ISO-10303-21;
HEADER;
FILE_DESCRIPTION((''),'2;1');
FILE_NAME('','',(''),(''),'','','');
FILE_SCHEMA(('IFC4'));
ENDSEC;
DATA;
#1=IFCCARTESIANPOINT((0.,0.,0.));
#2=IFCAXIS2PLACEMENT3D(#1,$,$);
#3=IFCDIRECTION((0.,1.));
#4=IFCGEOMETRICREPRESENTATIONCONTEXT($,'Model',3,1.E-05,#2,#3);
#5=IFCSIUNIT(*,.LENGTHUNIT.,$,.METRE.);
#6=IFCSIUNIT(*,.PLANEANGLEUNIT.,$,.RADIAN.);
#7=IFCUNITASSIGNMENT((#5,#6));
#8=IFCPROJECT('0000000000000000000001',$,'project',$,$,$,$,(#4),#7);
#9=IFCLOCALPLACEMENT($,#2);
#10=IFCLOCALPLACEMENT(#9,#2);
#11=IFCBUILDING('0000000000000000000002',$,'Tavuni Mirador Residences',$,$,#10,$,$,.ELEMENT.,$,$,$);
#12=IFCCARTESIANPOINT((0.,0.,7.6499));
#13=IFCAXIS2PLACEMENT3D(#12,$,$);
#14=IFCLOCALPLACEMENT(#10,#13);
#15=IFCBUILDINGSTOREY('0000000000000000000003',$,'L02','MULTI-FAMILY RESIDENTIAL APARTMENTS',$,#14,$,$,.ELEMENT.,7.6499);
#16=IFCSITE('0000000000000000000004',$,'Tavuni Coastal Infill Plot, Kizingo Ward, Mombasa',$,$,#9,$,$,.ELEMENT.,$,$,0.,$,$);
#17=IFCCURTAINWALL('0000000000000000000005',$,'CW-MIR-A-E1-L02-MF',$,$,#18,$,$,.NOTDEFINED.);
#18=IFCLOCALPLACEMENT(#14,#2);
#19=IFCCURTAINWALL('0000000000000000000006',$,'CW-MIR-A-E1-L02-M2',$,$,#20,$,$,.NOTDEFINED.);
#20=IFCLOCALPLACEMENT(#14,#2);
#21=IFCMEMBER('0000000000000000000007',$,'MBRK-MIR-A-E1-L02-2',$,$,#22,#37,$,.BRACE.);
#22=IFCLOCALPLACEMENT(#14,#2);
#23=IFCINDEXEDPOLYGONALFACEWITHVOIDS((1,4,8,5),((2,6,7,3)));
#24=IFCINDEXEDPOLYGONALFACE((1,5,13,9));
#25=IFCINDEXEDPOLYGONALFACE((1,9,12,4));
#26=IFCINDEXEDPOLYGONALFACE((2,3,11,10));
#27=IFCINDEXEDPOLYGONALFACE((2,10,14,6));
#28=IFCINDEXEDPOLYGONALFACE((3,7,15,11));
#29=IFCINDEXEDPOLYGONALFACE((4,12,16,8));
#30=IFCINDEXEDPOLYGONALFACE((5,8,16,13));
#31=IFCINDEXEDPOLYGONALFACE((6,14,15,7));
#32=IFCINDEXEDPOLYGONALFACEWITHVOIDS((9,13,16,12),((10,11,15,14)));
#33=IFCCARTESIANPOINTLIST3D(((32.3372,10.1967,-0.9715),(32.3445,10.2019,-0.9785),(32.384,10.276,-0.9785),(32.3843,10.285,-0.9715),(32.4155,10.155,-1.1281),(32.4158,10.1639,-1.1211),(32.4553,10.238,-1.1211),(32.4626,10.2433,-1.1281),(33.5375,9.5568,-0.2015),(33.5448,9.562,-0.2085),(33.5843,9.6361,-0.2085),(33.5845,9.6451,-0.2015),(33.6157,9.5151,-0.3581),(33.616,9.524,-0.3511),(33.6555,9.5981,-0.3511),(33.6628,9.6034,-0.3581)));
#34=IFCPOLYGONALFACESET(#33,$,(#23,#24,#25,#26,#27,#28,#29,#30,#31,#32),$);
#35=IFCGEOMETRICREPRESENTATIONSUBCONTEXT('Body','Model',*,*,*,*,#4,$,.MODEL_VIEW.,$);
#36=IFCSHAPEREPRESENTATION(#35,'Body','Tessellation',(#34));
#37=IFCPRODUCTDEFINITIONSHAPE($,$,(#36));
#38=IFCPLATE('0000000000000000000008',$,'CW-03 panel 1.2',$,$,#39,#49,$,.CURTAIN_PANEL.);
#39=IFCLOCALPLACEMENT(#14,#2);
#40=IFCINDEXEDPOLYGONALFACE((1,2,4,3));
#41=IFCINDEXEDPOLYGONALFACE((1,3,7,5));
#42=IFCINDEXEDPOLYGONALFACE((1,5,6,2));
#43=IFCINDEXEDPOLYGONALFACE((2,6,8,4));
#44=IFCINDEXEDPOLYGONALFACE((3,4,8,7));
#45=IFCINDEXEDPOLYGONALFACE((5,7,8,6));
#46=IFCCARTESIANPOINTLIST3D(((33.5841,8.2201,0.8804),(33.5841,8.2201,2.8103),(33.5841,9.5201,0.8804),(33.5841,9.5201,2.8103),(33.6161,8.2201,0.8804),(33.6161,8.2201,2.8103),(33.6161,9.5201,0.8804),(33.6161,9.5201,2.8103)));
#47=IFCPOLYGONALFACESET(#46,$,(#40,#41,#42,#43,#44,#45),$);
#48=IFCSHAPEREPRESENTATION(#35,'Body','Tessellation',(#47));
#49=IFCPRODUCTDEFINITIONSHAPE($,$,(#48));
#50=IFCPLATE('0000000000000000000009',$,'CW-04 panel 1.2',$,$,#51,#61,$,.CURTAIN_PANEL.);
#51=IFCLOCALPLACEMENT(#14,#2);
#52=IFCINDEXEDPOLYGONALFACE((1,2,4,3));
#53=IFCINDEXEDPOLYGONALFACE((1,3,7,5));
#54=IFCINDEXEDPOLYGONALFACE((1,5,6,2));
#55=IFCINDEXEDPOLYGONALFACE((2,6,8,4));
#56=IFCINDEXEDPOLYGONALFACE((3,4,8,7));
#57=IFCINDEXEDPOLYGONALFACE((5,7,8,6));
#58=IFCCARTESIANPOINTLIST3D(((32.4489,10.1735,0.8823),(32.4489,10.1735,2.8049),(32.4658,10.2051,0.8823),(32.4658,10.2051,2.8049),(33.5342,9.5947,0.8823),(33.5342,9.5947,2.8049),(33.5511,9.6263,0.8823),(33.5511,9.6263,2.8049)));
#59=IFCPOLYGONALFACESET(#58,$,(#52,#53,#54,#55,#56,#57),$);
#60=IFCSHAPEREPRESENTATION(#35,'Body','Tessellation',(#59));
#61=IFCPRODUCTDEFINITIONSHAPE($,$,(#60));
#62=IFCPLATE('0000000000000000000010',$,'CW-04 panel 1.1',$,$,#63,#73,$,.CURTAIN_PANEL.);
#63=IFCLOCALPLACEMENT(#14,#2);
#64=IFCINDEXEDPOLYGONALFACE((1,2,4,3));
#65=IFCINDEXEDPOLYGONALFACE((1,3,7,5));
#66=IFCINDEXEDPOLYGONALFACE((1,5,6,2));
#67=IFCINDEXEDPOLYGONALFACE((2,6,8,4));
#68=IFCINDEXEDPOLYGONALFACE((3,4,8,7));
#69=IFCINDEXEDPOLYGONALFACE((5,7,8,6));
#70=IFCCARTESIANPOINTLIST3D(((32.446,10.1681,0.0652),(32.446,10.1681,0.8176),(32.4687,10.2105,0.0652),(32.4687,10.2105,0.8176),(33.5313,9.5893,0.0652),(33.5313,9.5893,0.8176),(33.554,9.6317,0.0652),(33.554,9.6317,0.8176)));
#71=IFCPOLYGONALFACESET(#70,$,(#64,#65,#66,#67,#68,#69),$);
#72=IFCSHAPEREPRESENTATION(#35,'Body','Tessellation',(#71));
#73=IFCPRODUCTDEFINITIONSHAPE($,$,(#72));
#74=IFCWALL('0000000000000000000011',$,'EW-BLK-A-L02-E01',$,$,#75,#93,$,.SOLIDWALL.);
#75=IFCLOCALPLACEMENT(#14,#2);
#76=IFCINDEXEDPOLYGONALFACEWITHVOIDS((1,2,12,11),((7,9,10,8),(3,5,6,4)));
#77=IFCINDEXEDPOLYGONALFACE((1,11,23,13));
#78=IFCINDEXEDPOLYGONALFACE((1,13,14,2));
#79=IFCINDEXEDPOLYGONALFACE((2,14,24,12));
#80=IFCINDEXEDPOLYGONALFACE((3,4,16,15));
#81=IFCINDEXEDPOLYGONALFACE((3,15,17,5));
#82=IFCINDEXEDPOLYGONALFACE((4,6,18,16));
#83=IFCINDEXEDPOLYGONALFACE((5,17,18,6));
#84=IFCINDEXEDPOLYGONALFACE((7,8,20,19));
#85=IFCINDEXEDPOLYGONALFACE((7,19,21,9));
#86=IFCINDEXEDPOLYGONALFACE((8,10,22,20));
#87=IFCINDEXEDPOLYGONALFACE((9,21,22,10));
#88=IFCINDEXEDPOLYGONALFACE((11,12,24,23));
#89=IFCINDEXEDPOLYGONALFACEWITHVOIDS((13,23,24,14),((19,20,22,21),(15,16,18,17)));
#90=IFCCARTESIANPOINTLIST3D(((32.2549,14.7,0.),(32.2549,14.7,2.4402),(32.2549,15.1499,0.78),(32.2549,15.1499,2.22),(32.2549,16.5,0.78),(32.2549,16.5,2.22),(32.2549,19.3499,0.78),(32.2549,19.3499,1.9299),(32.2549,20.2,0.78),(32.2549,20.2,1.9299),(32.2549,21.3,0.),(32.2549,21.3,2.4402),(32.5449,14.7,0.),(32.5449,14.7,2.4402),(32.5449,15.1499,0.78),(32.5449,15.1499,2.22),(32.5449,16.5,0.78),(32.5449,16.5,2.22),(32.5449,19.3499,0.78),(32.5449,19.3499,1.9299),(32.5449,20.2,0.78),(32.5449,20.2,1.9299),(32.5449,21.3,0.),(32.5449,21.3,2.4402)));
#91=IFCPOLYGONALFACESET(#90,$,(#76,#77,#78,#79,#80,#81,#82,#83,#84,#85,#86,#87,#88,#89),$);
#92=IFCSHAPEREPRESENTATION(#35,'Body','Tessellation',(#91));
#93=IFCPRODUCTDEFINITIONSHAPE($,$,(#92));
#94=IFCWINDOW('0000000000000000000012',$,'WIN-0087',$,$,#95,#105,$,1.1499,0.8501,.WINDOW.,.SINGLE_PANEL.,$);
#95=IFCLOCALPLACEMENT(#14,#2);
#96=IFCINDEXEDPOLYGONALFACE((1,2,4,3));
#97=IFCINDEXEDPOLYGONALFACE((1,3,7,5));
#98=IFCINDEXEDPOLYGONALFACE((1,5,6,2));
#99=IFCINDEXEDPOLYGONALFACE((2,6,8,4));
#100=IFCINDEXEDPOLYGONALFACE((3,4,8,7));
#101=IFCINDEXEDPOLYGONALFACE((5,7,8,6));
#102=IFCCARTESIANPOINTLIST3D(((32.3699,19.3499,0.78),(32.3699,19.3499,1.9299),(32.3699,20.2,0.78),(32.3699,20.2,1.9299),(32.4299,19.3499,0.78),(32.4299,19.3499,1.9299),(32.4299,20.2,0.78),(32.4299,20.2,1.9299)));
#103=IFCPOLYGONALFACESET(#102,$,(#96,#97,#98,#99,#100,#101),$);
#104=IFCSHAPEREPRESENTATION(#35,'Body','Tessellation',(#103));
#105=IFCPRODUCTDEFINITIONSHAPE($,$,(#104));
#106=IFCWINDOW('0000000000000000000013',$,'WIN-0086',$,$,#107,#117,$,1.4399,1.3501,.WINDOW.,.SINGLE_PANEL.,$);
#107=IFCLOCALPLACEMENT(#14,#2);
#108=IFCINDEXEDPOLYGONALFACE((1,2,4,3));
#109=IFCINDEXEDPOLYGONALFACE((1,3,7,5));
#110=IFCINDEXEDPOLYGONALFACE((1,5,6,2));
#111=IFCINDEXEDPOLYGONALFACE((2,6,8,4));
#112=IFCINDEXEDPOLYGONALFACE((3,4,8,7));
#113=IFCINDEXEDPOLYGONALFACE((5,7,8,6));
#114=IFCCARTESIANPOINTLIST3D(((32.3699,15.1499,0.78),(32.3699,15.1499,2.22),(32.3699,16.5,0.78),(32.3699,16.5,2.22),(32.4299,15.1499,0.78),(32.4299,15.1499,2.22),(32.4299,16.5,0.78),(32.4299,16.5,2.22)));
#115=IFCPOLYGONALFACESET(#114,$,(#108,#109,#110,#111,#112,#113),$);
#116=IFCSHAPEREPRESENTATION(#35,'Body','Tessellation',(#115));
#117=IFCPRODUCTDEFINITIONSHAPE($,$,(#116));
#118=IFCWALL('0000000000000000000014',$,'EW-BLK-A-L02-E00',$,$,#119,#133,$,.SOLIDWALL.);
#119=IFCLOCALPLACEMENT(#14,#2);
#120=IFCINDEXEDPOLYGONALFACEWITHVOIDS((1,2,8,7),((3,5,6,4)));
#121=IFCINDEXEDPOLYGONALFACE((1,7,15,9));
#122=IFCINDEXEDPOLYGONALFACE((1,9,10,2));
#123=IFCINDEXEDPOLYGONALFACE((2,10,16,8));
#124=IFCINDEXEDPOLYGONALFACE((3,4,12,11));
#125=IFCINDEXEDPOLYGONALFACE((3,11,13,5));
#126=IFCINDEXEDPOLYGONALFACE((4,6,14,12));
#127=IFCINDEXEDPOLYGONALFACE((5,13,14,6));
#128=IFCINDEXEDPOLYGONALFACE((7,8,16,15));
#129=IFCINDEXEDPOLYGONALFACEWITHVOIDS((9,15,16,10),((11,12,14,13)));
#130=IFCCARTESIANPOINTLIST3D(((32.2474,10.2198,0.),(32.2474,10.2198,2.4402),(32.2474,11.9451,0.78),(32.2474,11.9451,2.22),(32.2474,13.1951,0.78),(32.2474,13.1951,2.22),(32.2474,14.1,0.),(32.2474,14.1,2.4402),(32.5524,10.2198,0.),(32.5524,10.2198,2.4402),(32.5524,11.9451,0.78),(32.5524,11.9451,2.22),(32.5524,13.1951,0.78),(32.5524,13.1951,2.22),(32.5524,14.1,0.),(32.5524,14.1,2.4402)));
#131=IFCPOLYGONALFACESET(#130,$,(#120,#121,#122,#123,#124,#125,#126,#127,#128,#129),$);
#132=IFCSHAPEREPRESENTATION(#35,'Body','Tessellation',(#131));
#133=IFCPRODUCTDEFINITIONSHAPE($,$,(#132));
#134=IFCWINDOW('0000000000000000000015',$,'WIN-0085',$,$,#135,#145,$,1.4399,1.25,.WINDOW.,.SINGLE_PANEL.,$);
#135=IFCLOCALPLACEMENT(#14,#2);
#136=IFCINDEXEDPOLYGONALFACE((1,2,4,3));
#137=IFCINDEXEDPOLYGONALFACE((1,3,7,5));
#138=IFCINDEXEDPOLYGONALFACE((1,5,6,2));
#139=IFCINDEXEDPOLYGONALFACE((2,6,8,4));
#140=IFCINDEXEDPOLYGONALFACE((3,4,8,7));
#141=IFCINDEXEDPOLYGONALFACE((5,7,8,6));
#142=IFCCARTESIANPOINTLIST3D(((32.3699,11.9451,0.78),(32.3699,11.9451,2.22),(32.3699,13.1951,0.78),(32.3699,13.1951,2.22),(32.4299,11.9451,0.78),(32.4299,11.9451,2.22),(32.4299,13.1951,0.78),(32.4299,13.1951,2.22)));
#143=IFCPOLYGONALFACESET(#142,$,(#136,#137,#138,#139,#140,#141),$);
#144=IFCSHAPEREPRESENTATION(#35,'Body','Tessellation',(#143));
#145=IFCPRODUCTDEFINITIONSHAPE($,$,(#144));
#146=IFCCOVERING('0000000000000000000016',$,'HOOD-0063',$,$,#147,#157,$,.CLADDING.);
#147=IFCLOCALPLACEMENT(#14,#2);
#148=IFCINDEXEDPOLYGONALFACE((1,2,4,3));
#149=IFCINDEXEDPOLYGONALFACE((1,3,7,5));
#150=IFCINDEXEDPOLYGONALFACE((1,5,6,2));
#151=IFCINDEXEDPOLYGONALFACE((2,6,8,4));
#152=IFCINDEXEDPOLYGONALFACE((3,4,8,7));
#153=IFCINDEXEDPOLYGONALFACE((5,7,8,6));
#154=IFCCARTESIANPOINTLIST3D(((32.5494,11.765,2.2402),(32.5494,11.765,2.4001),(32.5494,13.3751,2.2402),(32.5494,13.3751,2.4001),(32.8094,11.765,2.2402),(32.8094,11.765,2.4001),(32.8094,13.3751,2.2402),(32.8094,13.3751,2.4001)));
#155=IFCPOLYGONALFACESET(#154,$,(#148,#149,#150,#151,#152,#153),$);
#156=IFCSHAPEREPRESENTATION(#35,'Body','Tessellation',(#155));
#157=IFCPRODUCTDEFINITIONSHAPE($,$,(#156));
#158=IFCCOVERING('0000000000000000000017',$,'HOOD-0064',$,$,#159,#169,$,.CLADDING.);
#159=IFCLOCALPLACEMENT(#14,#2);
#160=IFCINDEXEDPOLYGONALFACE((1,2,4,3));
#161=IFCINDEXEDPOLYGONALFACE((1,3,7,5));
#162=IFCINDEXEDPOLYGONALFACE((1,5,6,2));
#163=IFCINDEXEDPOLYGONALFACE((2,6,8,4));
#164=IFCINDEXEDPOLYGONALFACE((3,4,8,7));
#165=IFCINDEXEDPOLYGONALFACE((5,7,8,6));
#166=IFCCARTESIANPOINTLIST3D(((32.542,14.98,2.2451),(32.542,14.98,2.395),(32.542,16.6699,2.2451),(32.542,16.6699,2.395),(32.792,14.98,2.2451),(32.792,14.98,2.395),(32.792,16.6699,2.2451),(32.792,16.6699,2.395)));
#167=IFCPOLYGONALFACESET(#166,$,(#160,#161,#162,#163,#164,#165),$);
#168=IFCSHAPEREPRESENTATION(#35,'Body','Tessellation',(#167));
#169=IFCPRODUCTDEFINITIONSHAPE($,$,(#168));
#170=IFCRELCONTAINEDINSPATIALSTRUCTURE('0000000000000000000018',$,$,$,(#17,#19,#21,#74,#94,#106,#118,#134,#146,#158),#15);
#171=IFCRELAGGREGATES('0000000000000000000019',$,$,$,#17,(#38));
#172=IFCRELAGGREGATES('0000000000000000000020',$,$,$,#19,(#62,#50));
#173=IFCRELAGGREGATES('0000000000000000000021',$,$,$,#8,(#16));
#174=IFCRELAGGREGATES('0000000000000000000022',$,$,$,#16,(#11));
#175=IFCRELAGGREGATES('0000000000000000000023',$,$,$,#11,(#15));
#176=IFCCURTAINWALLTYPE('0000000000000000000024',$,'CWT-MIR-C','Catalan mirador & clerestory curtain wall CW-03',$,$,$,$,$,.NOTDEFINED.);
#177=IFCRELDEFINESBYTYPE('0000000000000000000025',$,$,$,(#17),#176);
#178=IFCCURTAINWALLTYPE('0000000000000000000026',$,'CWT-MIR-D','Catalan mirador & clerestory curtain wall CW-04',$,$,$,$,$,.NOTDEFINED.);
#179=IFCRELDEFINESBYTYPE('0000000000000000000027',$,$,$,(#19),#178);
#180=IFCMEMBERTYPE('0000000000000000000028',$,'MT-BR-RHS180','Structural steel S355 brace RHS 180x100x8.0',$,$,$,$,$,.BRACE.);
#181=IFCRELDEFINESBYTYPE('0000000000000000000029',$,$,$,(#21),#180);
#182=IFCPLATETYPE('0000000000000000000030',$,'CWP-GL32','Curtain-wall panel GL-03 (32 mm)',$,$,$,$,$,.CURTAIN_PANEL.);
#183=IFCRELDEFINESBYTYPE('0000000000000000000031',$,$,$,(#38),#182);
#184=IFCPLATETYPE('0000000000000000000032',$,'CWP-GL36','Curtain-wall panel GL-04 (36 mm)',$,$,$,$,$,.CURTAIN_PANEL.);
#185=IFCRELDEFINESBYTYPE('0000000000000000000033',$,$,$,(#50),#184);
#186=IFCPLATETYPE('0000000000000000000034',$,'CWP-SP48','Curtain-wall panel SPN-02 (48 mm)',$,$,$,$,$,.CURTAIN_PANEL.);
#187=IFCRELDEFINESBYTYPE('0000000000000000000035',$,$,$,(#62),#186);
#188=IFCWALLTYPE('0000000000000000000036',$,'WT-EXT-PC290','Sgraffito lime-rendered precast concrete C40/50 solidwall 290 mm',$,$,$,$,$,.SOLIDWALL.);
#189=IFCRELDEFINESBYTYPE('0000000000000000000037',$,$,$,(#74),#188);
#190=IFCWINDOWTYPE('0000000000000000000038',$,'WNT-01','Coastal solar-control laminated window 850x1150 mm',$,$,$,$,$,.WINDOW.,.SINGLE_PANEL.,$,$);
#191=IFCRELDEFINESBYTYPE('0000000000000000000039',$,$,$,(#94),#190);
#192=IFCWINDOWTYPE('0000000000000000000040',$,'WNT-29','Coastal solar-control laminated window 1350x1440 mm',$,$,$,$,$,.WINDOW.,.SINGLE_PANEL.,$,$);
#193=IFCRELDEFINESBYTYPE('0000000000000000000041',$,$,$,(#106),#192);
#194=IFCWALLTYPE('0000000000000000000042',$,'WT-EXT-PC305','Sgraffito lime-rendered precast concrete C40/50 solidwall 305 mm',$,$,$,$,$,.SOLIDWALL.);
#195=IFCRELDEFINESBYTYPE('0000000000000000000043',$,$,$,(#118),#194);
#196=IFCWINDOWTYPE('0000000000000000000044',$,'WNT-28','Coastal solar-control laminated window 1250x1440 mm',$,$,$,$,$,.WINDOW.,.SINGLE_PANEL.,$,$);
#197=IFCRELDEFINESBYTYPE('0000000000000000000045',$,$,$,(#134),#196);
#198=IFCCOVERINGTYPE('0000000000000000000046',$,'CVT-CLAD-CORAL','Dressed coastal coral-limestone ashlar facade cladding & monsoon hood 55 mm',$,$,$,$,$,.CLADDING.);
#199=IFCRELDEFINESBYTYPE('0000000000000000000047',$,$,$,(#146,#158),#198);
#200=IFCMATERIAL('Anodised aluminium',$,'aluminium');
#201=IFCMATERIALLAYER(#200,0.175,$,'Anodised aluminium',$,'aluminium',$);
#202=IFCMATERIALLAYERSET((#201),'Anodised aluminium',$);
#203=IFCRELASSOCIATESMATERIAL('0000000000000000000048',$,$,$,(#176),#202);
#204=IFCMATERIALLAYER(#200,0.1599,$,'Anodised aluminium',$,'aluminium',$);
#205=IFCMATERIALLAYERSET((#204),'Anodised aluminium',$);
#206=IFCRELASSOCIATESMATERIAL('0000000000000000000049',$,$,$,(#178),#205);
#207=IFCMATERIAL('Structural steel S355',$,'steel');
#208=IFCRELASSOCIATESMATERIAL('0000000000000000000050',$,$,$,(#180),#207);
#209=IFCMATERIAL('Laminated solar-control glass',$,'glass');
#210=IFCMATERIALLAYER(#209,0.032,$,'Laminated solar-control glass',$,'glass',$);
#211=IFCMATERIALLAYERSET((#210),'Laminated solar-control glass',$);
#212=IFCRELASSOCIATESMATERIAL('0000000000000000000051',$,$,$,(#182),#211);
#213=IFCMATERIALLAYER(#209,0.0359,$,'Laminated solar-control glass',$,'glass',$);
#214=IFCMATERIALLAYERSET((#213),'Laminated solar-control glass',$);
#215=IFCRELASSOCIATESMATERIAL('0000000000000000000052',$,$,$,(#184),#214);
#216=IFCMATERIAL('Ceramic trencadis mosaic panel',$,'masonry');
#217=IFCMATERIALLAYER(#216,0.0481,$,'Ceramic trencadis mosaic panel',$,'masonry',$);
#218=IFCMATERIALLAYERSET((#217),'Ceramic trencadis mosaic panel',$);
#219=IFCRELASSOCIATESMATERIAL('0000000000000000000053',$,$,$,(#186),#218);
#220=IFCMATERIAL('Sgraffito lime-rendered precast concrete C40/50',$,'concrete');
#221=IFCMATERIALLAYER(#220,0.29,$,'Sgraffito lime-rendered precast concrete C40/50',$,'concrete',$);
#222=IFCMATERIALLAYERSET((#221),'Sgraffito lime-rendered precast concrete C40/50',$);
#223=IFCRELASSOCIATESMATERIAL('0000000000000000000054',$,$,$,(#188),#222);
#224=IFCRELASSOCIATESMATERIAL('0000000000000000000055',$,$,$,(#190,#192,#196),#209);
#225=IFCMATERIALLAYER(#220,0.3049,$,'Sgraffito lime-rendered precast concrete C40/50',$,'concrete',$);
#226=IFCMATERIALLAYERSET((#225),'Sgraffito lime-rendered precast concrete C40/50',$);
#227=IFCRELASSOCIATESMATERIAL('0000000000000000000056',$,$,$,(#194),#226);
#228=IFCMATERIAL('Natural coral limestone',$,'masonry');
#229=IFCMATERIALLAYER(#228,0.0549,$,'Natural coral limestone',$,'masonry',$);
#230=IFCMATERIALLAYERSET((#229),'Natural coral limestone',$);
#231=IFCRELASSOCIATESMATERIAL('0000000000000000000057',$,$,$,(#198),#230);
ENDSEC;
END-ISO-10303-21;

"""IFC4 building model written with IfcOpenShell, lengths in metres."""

from ifc_helpers import new_model, si_unit, direction, frame, frame_2d, origin, origin_2d, place, context, subcontext, project, spatial, rectangle, hollow_rectangle, extrude, material, layer, layer_set, material_profile, profile_set, type_object, element, fill, aggregate, save


model = new_model("IFC4")

# Units and contexts
model_context = context("Model", 3, precision=1e-05, world=origin(), true_north=direction((0.0, 1.0)))
body_context = subcontext(model_context, "Body", "Model", "MODEL_VIEW")
ifc_project = project(units=[si_unit("LENGTHUNIT", "METRE"), si_unit("PLANEANGLEUNIT", "RADIAN")], contexts=[model_context])

# Site, building, storey
site_placement = place(None, origin())
site = spatial("IfcSite", under=ifc_project, at=site_placement, Name="Tavuni Coastal Infill Plot, Kizingo Ward, Mombasa", CompositionType="ELEMENT", RefElevation=0.0)
building_placement = place(site_placement, origin())
building = spatial("IfcBuilding", under=site, at=building_placement, Name="Tavuni Mirador Residences", CompositionType="ELEMENT")
storey_placement = place(building_placement, frame((0.0, 0.0, 7.6499)))
storey = spatial("IfcBuildingStorey", under=building, at=storey_placement, Name="L02", Description="MULTI-FAMILY RESIDENTIAL APARTMENTS", CompositionType="ELEMENT", Elevation=7.6499)

# Curtain wall
ifc_material_1 = material(Name="Anodised aluminium", Category="aluminium")
ifc_layer_1 = layer(ifc_material_1, 0.175, Name="Anodised aluminium", Category="aluminium")
ifc_layer_set_1 = layer_set([ifc_layer_1], Name="Anodised aluminium")
curtain_wall_type_1 = type_object("IfcCurtainWallType", Name="CWT-MIR-C", Description="Catalan mirador & clerestory curtain wall CW-03", PredefinedType="NOTDEFINED", material=ifc_layer_set_1)
curtain_wall_1_placement = place(storey_placement, origin())
curtain_wall_1 = element("IfcCurtainWall", 1, at=curtain_wall_1_placement, inside=storey, type_object=curtain_wall_type_1, Name="CW-MIR-A-E1-L02-MF", PredefinedType="NOTDEFINED")

# Curtain wall
ifc_layer_2 = layer(ifc_material_1, 0.1599, Name="Anodised aluminium", Category="aluminium")
ifc_layer_set_2 = layer_set([ifc_layer_2], Name="Anodised aluminium")
curtain_wall_type_2 = type_object("IfcCurtainWallType", Name="CWT-MIR-D", Description="Catalan mirador & clerestory curtain wall CW-04", PredefinedType="NOTDEFINED", material=ifc_layer_set_2)
curtain_wall_2_placement = place(storey_placement, origin())
curtain_wall_2 = element("IfcCurtainWall", 2, at=curtain_wall_2_placement, inside=storey, type_object=curtain_wall_type_2, Name="CW-MIR-A-E1-L02-M2", PredefinedType="NOTDEFINED")

# Member
ifc_material_2 = material(Name="Structural steel S355", Category="steel")
ifc_material_profile_1 = material_profile(ifc_material_2, hollow_rectangle(XDim=0.1001, YDim=0.1799, WallThickness=0.0081, at=origin_2d()), Name="RHS 180x100x8.0", Category="steel")
ifc_profile_set_1 = profile_set([ifc_material_profile_1], Name="Structural steel S355")
member_type_1 = type_object("IfcMemberType", Name="MT-BR-RHS180", Description="Structural steel S355 brace RHS 180x100x8.0", PredefinedType="BRACE", material=ifc_profile_set_1)
member_1_placement = place(storey_placement, frame((32.3999, 10.22, -1.0498), z_axis=(0.767896, -0.409409, 0.492666), x_axis=(0.470467, 0.882418, 0.0)))
element("IfcMember", 3, at=member_1_placement, inside=storey, type_object=member_type_1, Name="MBRK-MIR-A-E1-L02-2", PredefinedType="BRACE", context=body_context, shape_type="SweptSolid", body=[
    extrude(hollow_rectangle(XDim=0.1001, YDim=0.1799, WallThickness=0.0081, at=origin_2d()), origin(), (0.0, 0.0, 1.0), 1.563),
])

# Plates
ifc_material_3 = material(Name="Laminated solar-control glass", Category="glass")
ifc_layer_3 = layer(ifc_material_3, 0.032, Name="Laminated solar-control glass", Category="glass")
ifc_layer_set_3 = layer_set([ifc_layer_3], Name="Laminated solar-control glass")
plate_type_1 = type_object("IfcPlateType", Name="CWP-GL32", Description="Curtain-wall panel GL-03 (32 mm)", PredefinedType="CURTAIN_PANEL", material=ifc_layer_set_3)
plate_1_placement = place(storey_placement, frame((33.6001, 8.8701, 0.8804), z_axis=(0.0, 0.0, 1.0), x_axis=(0.0, 1.0, 0.0)))
plate_1 = element("IfcPlate", 4, at=plate_1_placement, type_object=plate_type_1, Name="CW-03 panel 1.2", PredefinedType="CURTAIN_PANEL", context=body_context, shape_type="SweptSolid", body=[
    extrude(rectangle(XDim=1.3, YDim=0.032, at=origin_2d()), origin(), (0.0, 0.0, 1.0), 1.9299),
])
aggregate(curtain_wall_1, [plate_1])
ifc_layer_4 = layer(ifc_material_3, 0.0359, Name="Laminated solar-control glass", Category="glass")
ifc_layer_set_4 = layer_set([ifc_layer_4], Name="Laminated solar-control glass")
plate_type_2 = type_object("IfcPlateType", Name="CWP-GL36", Description="Curtain-wall panel GL-04 (36 mm)", PredefinedType="CURTAIN_PANEL", material=ifc_layer_set_4)
plate_2_placement = place(storey_placement, frame((33.0, 9.8999, 0.8823), z_axis=(0.0, 0.0, 1.0), x_axis=(-0.882353, 0.470588, 0.0)))
plate_2 = element("IfcPlate", 5, at=plate_2_placement, type_object=plate_type_2, Name="CW-04 panel 1.2", PredefinedType="CURTAIN_PANEL", context=body_context, shape_type="SweptSolid", body=[
    extrude(rectangle(XDim=1.23, YDim=0.0359, at=origin_2d()), origin(), (0.0, 0.0, 1.0), 1.9226),
])
ifc_material_4 = material(Name="Ceramic trencadis mosaic panel", Category="masonry")
ifc_layer_5 = layer(ifc_material_4, 0.0481, Name="Ceramic trencadis mosaic panel", Category="masonry")
ifc_layer_set_5 = layer_set([ifc_layer_5], Name="Ceramic trencadis mosaic panel")
plate_type_3 = type_object("IfcPlateType", Name="CWP-SP48", Description="Curtain-wall panel SPN-02 (48 mm)", PredefinedType="CURTAIN_PANEL", material=ifc_layer_set_5)
plate_3_placement = place(storey_placement, frame((33.0, 9.8999, 0.0652), z_axis=(0.0, 0.0, 1.0), x_axis=(-0.882353, 0.470588, 0.0)))
plate_3 = element("IfcPlate", 6, at=plate_3_placement, type_object=plate_type_3, Name="CW-04 panel 1.1", PredefinedType="CURTAIN_PANEL", context=body_context, shape_type="SweptSolid", body=[
    extrude(rectangle(XDim=1.23, YDim=0.0481, at=origin_2d()), origin(), (0.0, 0.0, 1.0), 0.7524),
])
aggregate(curtain_wall_2, [plate_3, plate_2])

# Wall, openings, windows
ifc_material_5 = material(Name="Sgraffito lime-rendered precast concrete C40/50", Category="concrete")
ifc_layer_6 = layer(ifc_material_5, 0.29, Name="Sgraffito lime-rendered precast concrete C40/50", Category="concrete")
ifc_layer_set_6 = layer_set([ifc_layer_6], Name="Sgraffito lime-rendered precast concrete C40/50")
wall_type_1 = type_object("IfcWallType", Name="WT-EXT-PC290", Description="Sgraffito lime-rendered precast concrete C40/50 solidwall 290 mm", PredefinedType="SOLIDWALL", material=ifc_layer_set_6)
wall_1_placement = place(storey_placement, frame((32.3999, 14.7, 0.0), z_axis=(0.0, 0.0, 1.0), x_axis=(0.0, 1.0, 0.0)))
wall_1 = element("IfcWall", 7, at=wall_1_placement, inside=storey, type_object=wall_type_1, Name="EW-BLK-A-L02-E01", PredefinedType="SOLIDWALL", context=body_context, shape_type="SweptSolid", body=[
    extrude(rectangle(XDim=6.6001, YDim=0.29, at=frame_2d((3.3, 0.0))), origin(), (0.0, 0.0, 1.0), 2.4402),
])
opening_1_placement = place(wall_1_placement, frame((0.45, 0.0, 0.78)))
opening_1 = element("IfcOpeningElement", 8, at=opening_1_placement, cuts=wall_1, PredefinedType="OPENING", context=body_context, shape_type="SweptSolid", body=[
    extrude(rectangle(XDim=1.3501, YDim=1.4399, at=frame_2d((0.675, 0.72))), frame((0.0, 0.155, 0.0), z_axis=(0.0, -1.0, 0.0), x_axis=(1.0, 0.0, 0.0)), (0.0, 0.0, 1.0), 0.3101),
])
opening_2_placement = place(wall_1_placement, frame((4.6499, 0.0, 0.78)))
opening_2 = element("IfcOpeningElement", 9, at=opening_2_placement, cuts=wall_1, PredefinedType="OPENING", context=body_context, shape_type="SweptSolid", body=[
    extrude(rectangle(XDim=0.8501, YDim=1.1499, at=frame_2d((0.425, 0.575))), frame((0.0, 0.155, 0.0), z_axis=(0.0, -1.0, 0.0), x_axis=(1.0, 0.0, 0.0)), (0.0, 0.0, 1.0), 0.3101),
])
window_type_1 = type_object("IfcWindowType", Name="WNT-01", Description="Coastal solar-control laminated window 850x1150 mm", PartitioningType="SINGLE_PANEL", PredefinedType="WINDOW", material=ifc_material_3)
window_1_placement = place(opening_2_placement, origin())
window_1 = element("IfcWindow", 10, at=window_1_placement, inside=storey, type_object=window_type_1, Name="WIN-0087", OverallHeight=1.1499, OverallWidth=0.8501, PartitioningType="SINGLE_PANEL", PredefinedType="WINDOW", context=body_context, shape_type="SweptSolid", body=[
    extrude(rectangle(XDim=0.8501, YDim=1.1499, at=frame_2d((0.425, 0.575))), frame((0.0, 0.03, 0.0), z_axis=(0.0, -1.0, 0.0), x_axis=(1.0, 0.0, 0.0)), (0.0, 0.0, 1.0), 0.0601),
])
fill(opening_2, window_1)
window_type_2 = type_object("IfcWindowType", Name="WNT-29", Description="Coastal solar-control laminated window 1350x1440 mm", PartitioningType="SINGLE_PANEL", PredefinedType="WINDOW", material=ifc_material_3)
window_2_placement = place(opening_1_placement, origin())
window_2 = element("IfcWindow", 11, at=window_2_placement, inside=storey, type_object=window_type_2, Name="WIN-0086", OverallHeight=1.4399, OverallWidth=1.3501, PartitioningType="SINGLE_PANEL", PredefinedType="WINDOW", context=body_context, shape_type="SweptSolid", body=[
    extrude(rectangle(XDim=1.3501, YDim=1.4399, at=frame_2d((0.675, 0.72))), frame((0.0, 0.03, 0.0), z_axis=(0.0, -1.0, 0.0), x_axis=(1.0, 0.0, 0.0)), (0.0, 0.0, 1.0), 0.0601),
])
fill(opening_1, window_2)

# Wall, opening, window
ifc_layer_7 = layer(ifc_material_5, 0.3049, Name="Sgraffito lime-rendered precast concrete C40/50", Category="concrete")
ifc_layer_set_7 = layer_set([ifc_layer_7], Name="Sgraffito lime-rendered precast concrete C40/50")
wall_type_2 = type_object("IfcWallType", Name="WT-EXT-PC305", Description="Sgraffito lime-rendered precast concrete C40/50 solidwall 305 mm", PredefinedType="SOLIDWALL", material=ifc_layer_set_7)
wall_2_placement = place(storey_placement, frame((32.3999, 10.22, 0.0), z_axis=(0.0, 0.0, 1.0), x_axis=(0.0, 1.0, 0.0)))
wall_2 = element("IfcWall", 12, at=wall_2_placement, inside=storey, type_object=wall_type_2, Name="EW-BLK-A-L02-E00", PredefinedType="SOLIDWALL", context=body_context, shape_type="SweptSolid", body=[
    extrude(rectangle(XDim=3.8801, YDim=0.3049, at=frame_2d((1.9399, 0.0))), origin(), (0.0, 0.0, 1.0), 2.4402),
])
opening_3_placement = place(wall_2_placement, frame((1.7251, 0.0, 0.78)))
opening_3 = element("IfcOpeningElement", 13, at=opening_3_placement, cuts=wall_2, PredefinedType="OPENING", context=body_context, shape_type="SweptSolid", body=[
    extrude(rectangle(XDim=1.25, YDim=1.4399, at=frame_2d((0.625, 0.72))), frame((0.0, 0.1626, 0.0), z_axis=(0.0, -1.0, 0.0), x_axis=(1.0, 0.0, 0.0)), (0.0, 0.0, 1.0), 0.325),
])
window_type_3 = type_object("IfcWindowType", Name="WNT-28", Description="Coastal solar-control laminated window 1250x1440 mm", PartitioningType="SINGLE_PANEL", PredefinedType="WINDOW", material=ifc_material_3)
window_3_placement = place(opening_3_placement, origin())
window_3 = element("IfcWindow", 14, at=window_3_placement, inside=storey, type_object=window_type_3, Name="WIN-0085", OverallHeight=1.4399, OverallWidth=1.25, PartitioningType="SINGLE_PANEL", PredefinedType="WINDOW", context=body_context, shape_type="SweptSolid", body=[
    extrude(rectangle(XDim=1.25, YDim=1.4399, at=frame_2d((0.625, 0.72))), frame((0.0, 0.03, 0.0), z_axis=(0.0, -1.0, 0.0), x_axis=(1.0, 0.0, 0.0)), (0.0, 0.0, 1.0), 0.0601),
])
fill(opening_3, window_3)

# Coverings
ifc_material_6 = material(Name="Natural coral limestone", Category="masonry")
ifc_layer_8 = layer(ifc_material_6, 0.0549, Name="Natural coral limestone", Category="masonry")
ifc_layer_set_8 = layer_set([ifc_layer_8], Name="Natural coral limestone")
covering_type = type_object("IfcCoveringType", Name="CVT-CLAD-CORAL", Description="Dressed coastal coral-limestone ashlar facade cladding & monsoon hood 55 mm", PredefinedType="CLADDING", material=ifc_layer_set_8)
covering_1_placement = place(storey_placement, frame((32.6794, 12.5701, 2.2402), z_axis=(0.0, 0.0, 1.0), x_axis=(0.0, 1.0, 0.0)))
element("IfcCovering", 15, at=covering_1_placement, inside=storey, type_object=covering_type, Name="HOOD-0063", PredefinedType="CLADDING", context=body_context, shape_type="SweptSolid", body=[
    extrude(rectangle(XDim=1.6101, YDim=0.26, at=origin_2d()), origin(), (0.0, 0.0, 1.0), 0.1599),
])
covering_2_placement = place(storey_placement, frame((32.667, 15.825, 2.2451), z_axis=(0.0, 0.0, 1.0), x_axis=(0.0, 1.0, 0.0)))
element("IfcCovering", 16, at=covering_2_placement, inside=storey, type_object=covering_type, Name="HOOD-0064", PredefinedType="CLADDING", context=body_context, shape_type="SweptSolid", body=[
    extrude(rectangle(XDim=1.6899, YDim=0.25, at=origin_2d()), origin(), (0.0, 0.0, 1.0), 0.1499),
])

save(model, "model.ifc")
